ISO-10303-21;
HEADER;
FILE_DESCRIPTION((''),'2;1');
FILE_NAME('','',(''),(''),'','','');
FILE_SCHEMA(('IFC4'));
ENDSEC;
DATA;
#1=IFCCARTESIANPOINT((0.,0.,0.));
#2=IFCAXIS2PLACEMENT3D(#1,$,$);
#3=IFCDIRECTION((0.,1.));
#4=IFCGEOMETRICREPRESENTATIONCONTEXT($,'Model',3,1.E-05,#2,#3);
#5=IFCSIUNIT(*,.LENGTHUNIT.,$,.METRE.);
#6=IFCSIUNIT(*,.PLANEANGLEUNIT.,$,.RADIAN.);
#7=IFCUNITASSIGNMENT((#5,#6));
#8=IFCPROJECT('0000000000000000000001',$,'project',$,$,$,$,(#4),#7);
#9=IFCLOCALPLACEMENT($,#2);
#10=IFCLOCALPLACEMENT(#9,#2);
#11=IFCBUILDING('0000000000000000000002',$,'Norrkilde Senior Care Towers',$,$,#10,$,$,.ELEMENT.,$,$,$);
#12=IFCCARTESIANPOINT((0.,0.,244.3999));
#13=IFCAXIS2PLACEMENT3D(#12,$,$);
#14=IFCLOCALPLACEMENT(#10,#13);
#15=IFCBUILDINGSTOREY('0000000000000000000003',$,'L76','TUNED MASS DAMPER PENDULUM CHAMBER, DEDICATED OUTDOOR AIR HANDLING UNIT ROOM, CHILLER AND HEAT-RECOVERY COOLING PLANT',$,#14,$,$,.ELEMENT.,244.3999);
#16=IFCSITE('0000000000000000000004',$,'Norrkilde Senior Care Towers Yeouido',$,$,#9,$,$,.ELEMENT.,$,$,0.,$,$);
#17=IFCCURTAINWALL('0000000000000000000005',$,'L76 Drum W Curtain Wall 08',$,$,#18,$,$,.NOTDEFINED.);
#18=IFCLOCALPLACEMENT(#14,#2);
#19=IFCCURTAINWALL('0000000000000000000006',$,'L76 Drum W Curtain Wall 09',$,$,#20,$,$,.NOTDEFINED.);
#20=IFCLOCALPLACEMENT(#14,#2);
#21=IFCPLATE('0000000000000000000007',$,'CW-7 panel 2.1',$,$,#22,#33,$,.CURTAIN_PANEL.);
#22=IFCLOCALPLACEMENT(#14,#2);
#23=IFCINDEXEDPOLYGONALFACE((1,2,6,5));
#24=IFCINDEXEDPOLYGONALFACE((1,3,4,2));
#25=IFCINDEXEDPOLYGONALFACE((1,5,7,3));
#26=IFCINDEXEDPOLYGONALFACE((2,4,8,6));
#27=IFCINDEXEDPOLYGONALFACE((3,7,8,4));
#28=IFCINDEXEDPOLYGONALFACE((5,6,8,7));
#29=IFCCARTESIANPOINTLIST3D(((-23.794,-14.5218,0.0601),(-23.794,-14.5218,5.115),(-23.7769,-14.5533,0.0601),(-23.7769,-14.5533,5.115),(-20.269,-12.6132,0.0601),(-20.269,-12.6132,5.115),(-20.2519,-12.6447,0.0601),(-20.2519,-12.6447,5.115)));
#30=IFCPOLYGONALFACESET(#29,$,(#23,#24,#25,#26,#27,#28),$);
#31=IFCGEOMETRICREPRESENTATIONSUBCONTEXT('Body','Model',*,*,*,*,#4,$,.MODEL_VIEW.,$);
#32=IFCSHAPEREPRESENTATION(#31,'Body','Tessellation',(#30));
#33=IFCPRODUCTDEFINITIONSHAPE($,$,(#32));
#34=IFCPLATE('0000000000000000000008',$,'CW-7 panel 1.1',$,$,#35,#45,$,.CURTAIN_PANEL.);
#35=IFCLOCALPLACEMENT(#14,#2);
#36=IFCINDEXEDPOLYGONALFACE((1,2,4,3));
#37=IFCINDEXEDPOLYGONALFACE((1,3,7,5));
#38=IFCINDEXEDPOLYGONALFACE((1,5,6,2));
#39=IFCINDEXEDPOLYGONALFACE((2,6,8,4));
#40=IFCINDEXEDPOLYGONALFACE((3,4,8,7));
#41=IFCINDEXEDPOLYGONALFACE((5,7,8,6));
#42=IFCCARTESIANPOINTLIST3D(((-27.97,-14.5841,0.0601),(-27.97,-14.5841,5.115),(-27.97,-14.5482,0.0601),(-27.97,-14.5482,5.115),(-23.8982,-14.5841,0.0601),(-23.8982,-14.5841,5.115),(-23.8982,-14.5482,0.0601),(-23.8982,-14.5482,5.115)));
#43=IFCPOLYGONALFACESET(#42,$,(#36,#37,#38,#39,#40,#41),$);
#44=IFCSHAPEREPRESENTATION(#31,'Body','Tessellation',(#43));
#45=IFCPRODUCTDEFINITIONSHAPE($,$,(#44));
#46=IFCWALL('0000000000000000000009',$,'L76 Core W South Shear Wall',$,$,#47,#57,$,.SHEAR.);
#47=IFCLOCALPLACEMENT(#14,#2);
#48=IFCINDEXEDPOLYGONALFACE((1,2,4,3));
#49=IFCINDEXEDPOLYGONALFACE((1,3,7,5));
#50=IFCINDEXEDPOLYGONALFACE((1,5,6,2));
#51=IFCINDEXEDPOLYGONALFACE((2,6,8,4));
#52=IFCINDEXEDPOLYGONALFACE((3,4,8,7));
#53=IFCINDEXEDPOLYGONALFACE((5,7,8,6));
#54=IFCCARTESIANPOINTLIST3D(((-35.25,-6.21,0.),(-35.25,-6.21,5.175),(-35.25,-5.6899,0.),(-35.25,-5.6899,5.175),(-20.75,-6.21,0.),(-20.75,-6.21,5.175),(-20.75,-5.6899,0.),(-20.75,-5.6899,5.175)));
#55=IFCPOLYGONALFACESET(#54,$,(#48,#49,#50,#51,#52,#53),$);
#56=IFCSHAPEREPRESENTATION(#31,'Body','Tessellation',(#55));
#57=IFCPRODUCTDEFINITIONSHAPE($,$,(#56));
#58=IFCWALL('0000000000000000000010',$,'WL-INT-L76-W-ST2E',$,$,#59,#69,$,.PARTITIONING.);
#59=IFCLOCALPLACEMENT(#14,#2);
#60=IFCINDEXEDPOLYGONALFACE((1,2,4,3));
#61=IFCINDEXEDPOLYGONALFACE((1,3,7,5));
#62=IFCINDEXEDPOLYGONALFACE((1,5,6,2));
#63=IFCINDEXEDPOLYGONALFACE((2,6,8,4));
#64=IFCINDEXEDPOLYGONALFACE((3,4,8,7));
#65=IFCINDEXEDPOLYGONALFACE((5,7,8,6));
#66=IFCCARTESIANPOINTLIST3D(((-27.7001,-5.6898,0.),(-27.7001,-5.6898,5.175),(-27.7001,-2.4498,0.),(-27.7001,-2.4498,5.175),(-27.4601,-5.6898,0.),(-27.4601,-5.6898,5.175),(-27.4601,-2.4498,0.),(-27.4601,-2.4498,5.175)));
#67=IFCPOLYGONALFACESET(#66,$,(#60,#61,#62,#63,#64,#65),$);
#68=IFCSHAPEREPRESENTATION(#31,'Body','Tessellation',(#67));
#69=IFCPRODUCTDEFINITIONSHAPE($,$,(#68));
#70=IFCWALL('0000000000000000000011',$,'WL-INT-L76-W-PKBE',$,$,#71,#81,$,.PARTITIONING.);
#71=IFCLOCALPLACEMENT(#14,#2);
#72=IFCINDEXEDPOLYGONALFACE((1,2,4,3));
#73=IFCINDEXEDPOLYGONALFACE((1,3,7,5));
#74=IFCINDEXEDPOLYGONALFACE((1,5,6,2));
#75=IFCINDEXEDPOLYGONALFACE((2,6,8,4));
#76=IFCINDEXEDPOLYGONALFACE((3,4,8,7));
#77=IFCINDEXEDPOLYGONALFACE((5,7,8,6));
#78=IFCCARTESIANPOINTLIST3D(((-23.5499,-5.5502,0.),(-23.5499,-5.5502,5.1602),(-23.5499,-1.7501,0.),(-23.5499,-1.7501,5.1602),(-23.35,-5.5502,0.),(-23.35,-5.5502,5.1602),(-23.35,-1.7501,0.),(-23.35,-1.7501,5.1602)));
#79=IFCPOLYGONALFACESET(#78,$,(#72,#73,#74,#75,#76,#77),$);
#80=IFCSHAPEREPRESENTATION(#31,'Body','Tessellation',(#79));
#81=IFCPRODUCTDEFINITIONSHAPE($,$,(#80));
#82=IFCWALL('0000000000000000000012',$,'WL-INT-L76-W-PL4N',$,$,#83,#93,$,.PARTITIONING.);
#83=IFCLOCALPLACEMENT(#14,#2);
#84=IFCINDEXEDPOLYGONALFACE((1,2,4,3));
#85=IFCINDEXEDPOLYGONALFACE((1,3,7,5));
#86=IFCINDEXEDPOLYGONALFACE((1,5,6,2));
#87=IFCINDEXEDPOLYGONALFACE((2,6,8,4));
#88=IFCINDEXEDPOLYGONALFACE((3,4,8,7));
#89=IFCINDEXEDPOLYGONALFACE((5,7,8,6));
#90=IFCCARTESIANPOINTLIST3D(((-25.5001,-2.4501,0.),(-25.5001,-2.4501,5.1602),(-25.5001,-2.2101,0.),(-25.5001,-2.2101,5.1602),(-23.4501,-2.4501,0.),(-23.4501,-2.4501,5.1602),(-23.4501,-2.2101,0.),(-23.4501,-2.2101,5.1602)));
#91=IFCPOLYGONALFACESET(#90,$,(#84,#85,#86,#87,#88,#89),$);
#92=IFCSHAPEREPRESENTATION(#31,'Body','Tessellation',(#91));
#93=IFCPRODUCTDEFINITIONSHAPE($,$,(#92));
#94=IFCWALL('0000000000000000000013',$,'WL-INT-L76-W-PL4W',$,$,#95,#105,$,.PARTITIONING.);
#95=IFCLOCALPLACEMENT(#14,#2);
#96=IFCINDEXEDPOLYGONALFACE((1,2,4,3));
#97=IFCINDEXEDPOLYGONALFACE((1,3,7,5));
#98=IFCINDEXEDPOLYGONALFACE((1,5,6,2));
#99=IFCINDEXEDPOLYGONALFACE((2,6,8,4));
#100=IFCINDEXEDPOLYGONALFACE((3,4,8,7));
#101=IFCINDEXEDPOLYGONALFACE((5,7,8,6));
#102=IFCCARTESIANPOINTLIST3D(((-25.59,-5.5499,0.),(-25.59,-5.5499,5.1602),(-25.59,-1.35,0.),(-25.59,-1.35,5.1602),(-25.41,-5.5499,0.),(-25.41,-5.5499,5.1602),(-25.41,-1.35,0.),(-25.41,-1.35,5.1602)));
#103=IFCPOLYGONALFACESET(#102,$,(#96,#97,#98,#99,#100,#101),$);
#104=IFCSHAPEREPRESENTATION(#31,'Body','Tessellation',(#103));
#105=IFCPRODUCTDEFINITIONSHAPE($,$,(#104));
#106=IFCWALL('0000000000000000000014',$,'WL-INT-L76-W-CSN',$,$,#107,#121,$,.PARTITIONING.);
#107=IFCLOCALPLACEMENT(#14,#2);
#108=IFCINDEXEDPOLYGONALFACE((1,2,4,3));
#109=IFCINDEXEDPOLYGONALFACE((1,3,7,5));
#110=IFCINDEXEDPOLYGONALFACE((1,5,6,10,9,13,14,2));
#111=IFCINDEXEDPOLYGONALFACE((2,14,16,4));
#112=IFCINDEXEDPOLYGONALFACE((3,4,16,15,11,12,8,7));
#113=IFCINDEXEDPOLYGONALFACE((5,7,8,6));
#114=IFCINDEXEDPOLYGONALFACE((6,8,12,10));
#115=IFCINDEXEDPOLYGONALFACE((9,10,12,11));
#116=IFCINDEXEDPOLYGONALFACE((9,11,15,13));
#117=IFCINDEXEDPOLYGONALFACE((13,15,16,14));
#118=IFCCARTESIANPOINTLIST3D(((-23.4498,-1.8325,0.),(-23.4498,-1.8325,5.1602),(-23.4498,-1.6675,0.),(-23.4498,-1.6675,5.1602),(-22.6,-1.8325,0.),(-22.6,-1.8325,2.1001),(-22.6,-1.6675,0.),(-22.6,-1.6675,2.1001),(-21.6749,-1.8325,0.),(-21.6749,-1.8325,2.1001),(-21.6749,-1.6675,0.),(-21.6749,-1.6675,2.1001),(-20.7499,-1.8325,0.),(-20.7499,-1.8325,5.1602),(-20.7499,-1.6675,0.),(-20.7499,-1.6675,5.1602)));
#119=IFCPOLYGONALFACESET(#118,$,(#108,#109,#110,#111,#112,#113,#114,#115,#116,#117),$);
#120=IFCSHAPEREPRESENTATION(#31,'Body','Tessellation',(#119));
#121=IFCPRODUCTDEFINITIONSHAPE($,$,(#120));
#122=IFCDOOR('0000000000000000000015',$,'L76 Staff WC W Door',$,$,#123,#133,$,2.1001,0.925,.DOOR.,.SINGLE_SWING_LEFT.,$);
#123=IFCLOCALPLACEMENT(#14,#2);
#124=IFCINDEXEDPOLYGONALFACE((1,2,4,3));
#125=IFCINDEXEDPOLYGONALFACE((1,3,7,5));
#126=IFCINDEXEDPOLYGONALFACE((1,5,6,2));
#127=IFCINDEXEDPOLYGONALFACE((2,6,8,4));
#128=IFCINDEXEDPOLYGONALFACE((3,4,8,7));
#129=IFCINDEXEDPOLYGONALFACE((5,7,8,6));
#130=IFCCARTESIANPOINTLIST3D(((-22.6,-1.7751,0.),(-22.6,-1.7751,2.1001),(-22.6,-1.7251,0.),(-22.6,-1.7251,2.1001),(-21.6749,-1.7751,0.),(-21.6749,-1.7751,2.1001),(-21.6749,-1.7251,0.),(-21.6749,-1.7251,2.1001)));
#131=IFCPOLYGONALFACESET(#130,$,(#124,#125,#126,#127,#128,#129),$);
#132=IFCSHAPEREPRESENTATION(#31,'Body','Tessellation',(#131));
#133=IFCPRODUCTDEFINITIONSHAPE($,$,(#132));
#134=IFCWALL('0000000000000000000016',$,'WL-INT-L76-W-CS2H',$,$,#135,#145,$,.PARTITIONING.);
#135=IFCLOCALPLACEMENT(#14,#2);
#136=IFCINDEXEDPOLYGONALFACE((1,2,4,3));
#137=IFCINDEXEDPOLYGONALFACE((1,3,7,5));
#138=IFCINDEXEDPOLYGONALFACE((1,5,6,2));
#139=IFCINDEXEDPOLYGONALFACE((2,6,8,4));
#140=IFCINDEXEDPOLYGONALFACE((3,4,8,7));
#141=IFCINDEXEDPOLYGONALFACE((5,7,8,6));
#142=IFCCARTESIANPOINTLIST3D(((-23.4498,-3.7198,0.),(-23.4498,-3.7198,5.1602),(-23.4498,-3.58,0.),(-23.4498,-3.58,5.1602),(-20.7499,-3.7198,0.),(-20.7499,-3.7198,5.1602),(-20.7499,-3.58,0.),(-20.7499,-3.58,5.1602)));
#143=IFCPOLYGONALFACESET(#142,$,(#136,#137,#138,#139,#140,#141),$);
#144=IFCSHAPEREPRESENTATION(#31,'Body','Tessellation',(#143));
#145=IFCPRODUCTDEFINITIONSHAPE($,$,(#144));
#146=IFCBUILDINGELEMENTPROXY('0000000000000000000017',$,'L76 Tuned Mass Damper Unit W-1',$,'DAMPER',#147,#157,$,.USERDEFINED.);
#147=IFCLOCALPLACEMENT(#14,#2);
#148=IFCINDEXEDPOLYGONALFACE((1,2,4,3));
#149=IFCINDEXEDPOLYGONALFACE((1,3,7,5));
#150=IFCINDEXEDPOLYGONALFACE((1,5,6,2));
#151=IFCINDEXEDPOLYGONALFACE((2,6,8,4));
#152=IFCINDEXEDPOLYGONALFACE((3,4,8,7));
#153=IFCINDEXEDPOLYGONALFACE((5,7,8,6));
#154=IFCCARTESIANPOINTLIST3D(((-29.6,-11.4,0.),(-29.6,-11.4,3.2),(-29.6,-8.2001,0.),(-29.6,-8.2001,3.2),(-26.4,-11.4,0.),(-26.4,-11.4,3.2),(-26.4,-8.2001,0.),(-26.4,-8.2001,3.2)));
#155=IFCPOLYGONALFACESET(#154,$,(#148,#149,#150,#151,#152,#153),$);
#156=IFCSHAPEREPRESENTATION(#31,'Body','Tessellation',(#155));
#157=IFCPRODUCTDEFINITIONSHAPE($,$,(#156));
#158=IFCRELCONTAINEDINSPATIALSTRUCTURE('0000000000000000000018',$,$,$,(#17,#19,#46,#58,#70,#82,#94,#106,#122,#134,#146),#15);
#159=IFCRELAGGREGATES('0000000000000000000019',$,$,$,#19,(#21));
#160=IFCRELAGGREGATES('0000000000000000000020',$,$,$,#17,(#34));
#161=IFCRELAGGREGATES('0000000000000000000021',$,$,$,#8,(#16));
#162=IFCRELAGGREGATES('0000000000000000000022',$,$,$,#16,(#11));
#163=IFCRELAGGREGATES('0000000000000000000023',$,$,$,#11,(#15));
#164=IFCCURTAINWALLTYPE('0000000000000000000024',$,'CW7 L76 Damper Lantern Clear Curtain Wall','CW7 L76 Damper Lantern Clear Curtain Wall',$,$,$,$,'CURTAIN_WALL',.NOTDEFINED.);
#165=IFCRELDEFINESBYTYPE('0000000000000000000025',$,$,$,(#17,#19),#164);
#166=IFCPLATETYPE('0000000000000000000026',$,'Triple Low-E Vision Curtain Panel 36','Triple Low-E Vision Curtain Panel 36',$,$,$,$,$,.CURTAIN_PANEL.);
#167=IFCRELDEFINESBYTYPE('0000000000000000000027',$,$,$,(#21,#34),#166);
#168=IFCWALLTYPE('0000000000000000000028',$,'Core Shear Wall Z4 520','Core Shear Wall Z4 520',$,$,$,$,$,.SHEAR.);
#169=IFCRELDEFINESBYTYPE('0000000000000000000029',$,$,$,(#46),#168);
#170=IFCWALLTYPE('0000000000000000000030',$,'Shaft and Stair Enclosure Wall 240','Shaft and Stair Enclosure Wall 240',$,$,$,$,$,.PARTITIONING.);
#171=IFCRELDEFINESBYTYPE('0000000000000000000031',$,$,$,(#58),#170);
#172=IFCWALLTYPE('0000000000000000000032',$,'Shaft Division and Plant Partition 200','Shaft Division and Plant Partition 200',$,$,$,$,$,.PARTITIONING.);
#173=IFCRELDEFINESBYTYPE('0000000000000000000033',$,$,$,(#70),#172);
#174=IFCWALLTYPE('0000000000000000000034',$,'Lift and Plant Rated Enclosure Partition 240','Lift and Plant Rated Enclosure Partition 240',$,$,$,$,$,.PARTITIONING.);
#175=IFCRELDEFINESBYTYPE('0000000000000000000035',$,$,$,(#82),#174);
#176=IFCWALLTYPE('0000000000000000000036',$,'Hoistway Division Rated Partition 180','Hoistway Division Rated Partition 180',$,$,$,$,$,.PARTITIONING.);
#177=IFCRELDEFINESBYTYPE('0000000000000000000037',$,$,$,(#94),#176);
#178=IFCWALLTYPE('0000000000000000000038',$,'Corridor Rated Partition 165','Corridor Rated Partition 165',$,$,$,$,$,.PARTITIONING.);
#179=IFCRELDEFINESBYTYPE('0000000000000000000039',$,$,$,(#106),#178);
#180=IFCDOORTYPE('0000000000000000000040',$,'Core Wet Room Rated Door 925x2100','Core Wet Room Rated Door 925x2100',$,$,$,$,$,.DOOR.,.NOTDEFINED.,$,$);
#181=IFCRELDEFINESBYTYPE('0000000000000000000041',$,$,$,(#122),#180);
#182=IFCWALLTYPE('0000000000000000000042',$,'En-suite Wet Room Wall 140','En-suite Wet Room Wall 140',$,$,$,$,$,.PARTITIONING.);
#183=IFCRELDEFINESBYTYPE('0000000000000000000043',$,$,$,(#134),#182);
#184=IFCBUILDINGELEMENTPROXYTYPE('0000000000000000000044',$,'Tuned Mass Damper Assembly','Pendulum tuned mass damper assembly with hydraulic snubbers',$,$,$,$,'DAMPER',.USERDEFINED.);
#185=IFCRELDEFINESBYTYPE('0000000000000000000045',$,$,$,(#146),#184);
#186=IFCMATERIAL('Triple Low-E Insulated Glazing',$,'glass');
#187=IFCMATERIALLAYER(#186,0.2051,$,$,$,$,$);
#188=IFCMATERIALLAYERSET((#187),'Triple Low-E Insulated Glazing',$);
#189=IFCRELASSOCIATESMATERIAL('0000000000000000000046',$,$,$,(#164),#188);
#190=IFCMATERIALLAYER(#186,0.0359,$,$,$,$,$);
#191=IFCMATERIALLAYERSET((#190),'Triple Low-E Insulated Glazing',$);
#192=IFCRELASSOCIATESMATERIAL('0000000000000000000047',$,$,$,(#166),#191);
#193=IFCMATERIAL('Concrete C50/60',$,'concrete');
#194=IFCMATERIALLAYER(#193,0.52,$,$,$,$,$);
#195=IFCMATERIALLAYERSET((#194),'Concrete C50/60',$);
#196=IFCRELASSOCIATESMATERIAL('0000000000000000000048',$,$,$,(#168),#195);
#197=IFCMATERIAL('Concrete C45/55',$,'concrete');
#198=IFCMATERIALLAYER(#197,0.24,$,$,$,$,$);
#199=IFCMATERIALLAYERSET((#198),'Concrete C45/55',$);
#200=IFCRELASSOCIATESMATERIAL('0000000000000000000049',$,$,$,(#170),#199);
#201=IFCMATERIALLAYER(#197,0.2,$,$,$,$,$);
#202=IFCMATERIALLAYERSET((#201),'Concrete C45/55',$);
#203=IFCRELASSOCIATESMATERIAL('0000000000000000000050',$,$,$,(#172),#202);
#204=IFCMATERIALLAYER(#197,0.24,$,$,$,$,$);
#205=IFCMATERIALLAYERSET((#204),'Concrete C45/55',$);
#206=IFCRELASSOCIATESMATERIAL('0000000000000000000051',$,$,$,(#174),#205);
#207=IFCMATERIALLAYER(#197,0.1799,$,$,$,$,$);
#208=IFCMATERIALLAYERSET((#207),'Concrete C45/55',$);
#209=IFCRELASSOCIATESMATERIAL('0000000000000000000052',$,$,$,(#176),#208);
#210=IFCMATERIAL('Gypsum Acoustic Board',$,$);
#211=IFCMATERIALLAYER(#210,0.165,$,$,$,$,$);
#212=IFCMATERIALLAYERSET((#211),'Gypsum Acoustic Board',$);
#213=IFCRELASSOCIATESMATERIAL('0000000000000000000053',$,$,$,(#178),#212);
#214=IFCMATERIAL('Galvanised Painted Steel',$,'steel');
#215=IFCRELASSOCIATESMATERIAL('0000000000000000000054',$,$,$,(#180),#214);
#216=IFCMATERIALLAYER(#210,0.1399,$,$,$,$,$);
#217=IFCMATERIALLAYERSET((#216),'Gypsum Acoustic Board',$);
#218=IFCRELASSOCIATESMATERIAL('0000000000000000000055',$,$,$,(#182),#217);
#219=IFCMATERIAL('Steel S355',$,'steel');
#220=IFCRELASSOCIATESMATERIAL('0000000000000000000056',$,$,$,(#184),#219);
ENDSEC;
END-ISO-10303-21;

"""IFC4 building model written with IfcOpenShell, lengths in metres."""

from ifc_helpers import new_model, si_unit, direction, frame, frame_2d, origin, origin_2d, place, context, subcontext, project, spatial, rectangle, extrude, source, transform, mapped, material, layer, layer_set, type_object, type_shapes, element, fill, aggregate, save


model = new_model("IFC4")

# Units and contexts
model_context = context("Model", 3, precision=1e-05, world=origin(), true_north=direction((0.0, 1.0)))
body_context = subcontext(model_context, "Body", "Model", "MODEL_VIEW")
ifc_project = project(units=[si_unit("LENGTHUNIT", "METRE"), si_unit("PLANEANGLEUNIT", "RADIAN")], contexts=[model_context])

# Site, building, storey
site_placement = place(None, origin())
site = spatial("IfcSite", under=ifc_project, at=site_placement, Name="Norrkilde Senior Care Towers Yeouido", CompositionType="ELEMENT", RefElevation=0.0)
building_placement = place(site_placement, origin())
building = spatial("IfcBuilding", under=site, at=building_placement, Name="Norrkilde Senior Care Towers", CompositionType="ELEMENT")
storey_placement = place(building_placement, frame((0.0, 0.0, 244.3999)))
storey = spatial("IfcBuildingStorey", under=building, at=storey_placement, Name="L76", Description="TUNED MASS DAMPER PENDULUM CHAMBER, DEDICATED OUTDOOR AIR HANDLING UNIT ROOM, CHILLER AND HEAT-RECOVERY COOLING PLANT", CompositionType="ELEMENT", Elevation=244.3999)

# Shared definitions
ifc_material_1 = material(Name="Concrete C50/60", Category="concrete")

# Shared definitions
ifc_material_2 = material(Name="Steel S355", Category="steel")

# Curtain walls
ifc_material_3 = material(Name="Triple Low-E Insulated Glazing", Category="glass")
ifc_layer_1 = layer(ifc_material_3, 0.2051)
ifc_layer_set_1 = layer_set([ifc_layer_1], Name="Triple Low-E Insulated Glazing")
curtain_wall_type = type_object("IfcCurtainWallType", Name="CW7 L76 Damper Lantern Clear Curtain Wall", Description="CW7 L76 Damper Lantern Clear Curtain Wall", ElementType="CURTAIN_WALL", PredefinedType="NOTDEFINED", material=ifc_layer_set_1)
curtain_wall_1_placement = place(storey_placement, origin())
curtain_wall_1 = element("IfcCurtainWall", 1, at=curtain_wall_1_placement, inside=storey, type_object=curtain_wall_type, Name="L76 Drum W Curtain Wall 08", PredefinedType="NOTDEFINED")
curtain_wall_2_placement = place(storey_placement, origin())
curtain_wall_2 = element("IfcCurtainWall", 2, at=curtain_wall_2_placement, inside=storey, type_object=curtain_wall_type, Name="L76 Drum W Curtain Wall 09", PredefinedType="NOTDEFINED")

# Plates
ifc_layer_2 = layer(ifc_material_3, 0.0359)
ifc_layer_set_2 = layer_set([ifc_layer_2], Name="Triple Low-E Insulated Glazing")
plate_type = type_object("IfcPlateType", Name="Triple Low-E Vision Curtain Panel 36", Description="Triple Low-E Vision Curtain Panel 36", PredefinedType="CURTAIN_PANEL", material=ifc_layer_set_2)
shared_shape_1 = source(origin(), body_context, "Body", "SweptSolid", [
    extrude(rectangle(XDim=4.0085, YDim=0.0359, at=origin_2d()), origin(), (0.0, 0.0, 1.0), 5.0549),
])
plate_1_placement = place(storey_placement, frame((-22.0229, -13.5833, 0.0601), z_axis=(0.0, 0.0, 1.0), x_axis=(-0.879373, -0.476133, 0.0)))
plate_1 = element("IfcPlate", 3, at=plate_1_placement, type_object=plate_type, Name="CW-7 panel 2.1", PredefinedType="CURTAIN_PANEL", context=body_context, shape_type="MappedRepresentation", body=[
    mapped(shared_shape_1, transform((0.0, 0.0, 0.0), x_axis=(1.0, 0.0, 0.0), y_axis=(0.0, 1.0, 0.0), z_axis=(0.0, 0.0, 1.0), scale=1.0)),
])
aggregate(curtain_wall_2, [plate_1])
shared_shape_2 = source(origin(), body_context, "Body", "SweptSolid", [
    extrude(rectangle(XDim=4.0718, YDim=0.0359, at=origin_2d()), origin(), (0.0, 0.0, 1.0), 5.0549),
])
type_shapes(plate_type, [shared_shape_1, shared_shape_2])
plate_2_placement = place(storey_placement, frame((-25.9341, -14.5662, 0.0601), z_axis=(0.0, 0.0, 1.0), x_axis=(-1.0, 0.0, 0.0)))
plate_2 = element("IfcPlate", 4, at=plate_2_placement, type_object=plate_type, Name="CW-7 panel 1.1", PredefinedType="CURTAIN_PANEL", context=body_context, shape_type="MappedRepresentation", body=[
    mapped(shared_shape_2, transform((0.0, 0.0, 0.0), x_axis=(1.0, 0.0, 0.0), y_axis=(0.0, 1.0, 0.0), z_axis=(0.0, 0.0, 1.0), scale=1.0)),
])
aggregate(curtain_wall_1, [plate_2])

# Walls
ifc_layer_3 = layer(ifc_material_1, 0.52)
ifc_layer_set_3 = layer_set([ifc_layer_3], Name="Concrete C50/60")
wall_type_1 = type_object("IfcWallType", Name="Core Shear Wall Z4 520", Description="Core Shear Wall Z4 520", PredefinedType="SHEAR", material=ifc_layer_set_3)
shared_shape_3 = source(origin(), body_context, "Body", "SweptSolid", [
    extrude(rectangle(XDim=14.5, YDim=0.52, at=frame_2d((7.25, 0.0))), origin(), (0.0, 0.0, 1.0), 5.175),
])
type_shapes(wall_type_1, [shared_shape_3])
wall_1_placement = place(storey_placement, frame((-20.75, -5.95, 0.0), z_axis=(0.0, 0.0, 1.0), x_axis=(-1.0, 0.0, 0.0)))
element("IfcWall", 5, at=wall_1_placement, inside=storey, type_object=wall_type_1, Name="L76 Core W South Shear Wall", PredefinedType="SHEAR", context=body_context, shape_type="MappedRepresentation", body=[
    mapped(shared_shape_3, transform((0.0, 0.0, 0.0), x_axis=(1.0, 0.0, 0.0), y_axis=(0.0, 1.0, 0.0), z_axis=(0.0, 0.0, 1.0), scale=1.0)),
])
ifc_material_4 = material(Name="Concrete C45/55", Category="concrete")
ifc_layer_4 = layer(ifc_material_4, 0.24)
ifc_layer_set_4 = layer_set([ifc_layer_4], Name="Concrete C45/55")
wall_type_2 = type_object("IfcWallType", Name="Shaft and Stair Enclosure Wall 240", Description="Shaft and Stair Enclosure Wall 240", PredefinedType="PARTITIONING", material=ifc_layer_set_4)
shared_shape_4 = source(origin(), body_context, "Body", "SweptSolid", [
    extrude(rectangle(XDim=3.24, YDim=0.24, at=frame_2d((1.6201, 0.0))), origin(), (0.0, 0.0, 1.0), 5.175),
])
type_shapes(wall_type_2, [shared_shape_4])
wall_2_placement = place(storey_placement, frame((-27.5801, -5.6899, 0.0), z_axis=(0.0, 0.0, 1.0), x_axis=(0.0, 1.0, 0.0)))
element("IfcWall", 6, at=wall_2_placement, inside=storey, type_object=wall_type_2, Name="WL-INT-L76-W-ST2E", PredefinedType="PARTITIONING", context=body_context, shape_type="MappedRepresentation", body=[
    mapped(shared_shape_4, transform((0.0, 0.0, 0.0), x_axis=(1.0, 0.0, 0.0), y_axis=(0.0, 1.0, 0.0), z_axis=(0.0, 0.0, 1.0), scale=1.0)),
])
ifc_layer_5 = layer(ifc_material_4, 0.2)
ifc_layer_set_5 = layer_set([ifc_layer_5], Name="Concrete C45/55")
wall_type_3 = type_object("IfcWallType", Name="Shaft Division and Plant Partition 200", Description="Shaft Division and Plant Partition 200", PredefinedType="PARTITIONING", material=ifc_layer_set_5)
shared_shape_5 = source(origin(), body_context, "Body", "SweptSolid", [
    extrude(rectangle(XDim=3.8, YDim=0.2, at=frame_2d((1.8999, 0.0))), origin(), (0.0, 0.0, 1.0), 5.1602),
])
type_shapes(wall_type_3, [shared_shape_5])
wall_3_placement = place(storey_placement, frame((-23.45, -5.55, 0.0), z_axis=(0.0, 0.0, 1.0), x_axis=(0.0, 1.0, 0.0)))
element("IfcWall", 7, at=wall_3_placement, inside=storey, type_object=wall_type_3, Name="WL-INT-L76-W-PKBE", PredefinedType="PARTITIONING", context=body_context, shape_type="MappedRepresentation", body=[
    mapped(shared_shape_5, transform((0.0, 0.0, 0.0), x_axis=(1.0, 0.0, 0.0), y_axis=(0.0, 1.0, 0.0), z_axis=(0.0, 0.0, 1.0), scale=1.0)),
])
ifc_layer_6 = layer(ifc_material_4, 0.24)
ifc_layer_set_6 = layer_set([ifc_layer_6], Name="Concrete C45/55")
wall_type_4 = type_object("IfcWallType", Name="Lift and Plant Rated Enclosure Partition 240", Description="Lift and Plant Rated Enclosure Partition 240", PredefinedType="PARTITIONING", material=ifc_layer_set_6)
shared_shape_6 = source(origin(), body_context, "Body", "SweptSolid", [
    extrude(rectangle(XDim=2.05, YDim=0.24, at=frame_2d((1.0249, 0.0))), origin(), (0.0, 0.0, 1.0), 5.1602),
])
type_shapes(wall_type_4, [shared_shape_6])
wall_4_placement = place(storey_placement, frame((-25.5, -2.3301, 0.0), z_axis=(0.0, 0.0, 1.0), x_axis=(1.0, 0.0, 0.0)))
element("IfcWall", 8, at=wall_4_placement, inside=storey, type_object=wall_type_4, Name="WL-INT-L76-W-PL4N", PredefinedType="PARTITIONING", context=body_context, shape_type="MappedRepresentation", body=[
    mapped(shared_shape_6, transform((0.0, 0.0, 0.0), x_axis=(1.0, 0.0, 0.0), y_axis=(0.0, 1.0, 0.0), z_axis=(0.0, 0.0, 1.0), scale=1.0)),
])
ifc_layer_7 = layer(ifc_material_4, 0.1799)
ifc_layer_set_7 = layer_set([ifc_layer_7], Name="Concrete C45/55")
wall_type_5 = type_object("IfcWallType", Name="Hoistway Division Rated Partition 180", Description="Hoistway Division Rated Partition 180", PredefinedType="PARTITIONING", material=ifc_layer_set_7)
shared_shape_7 = source(origin(), body_context, "Body", "SweptSolid", [
    extrude(rectangle(XDim=4.2, YDim=0.1799, at=frame_2d((2.1001, 0.0))), origin(), (0.0, 0.0, 1.0), 5.1602),
])
type_shapes(wall_type_5, [shared_shape_7])
wall_5_placement = place(storey_placement, frame((-25.5, -5.55, 0.0), z_axis=(0.0, 0.0, 1.0), x_axis=(0.0, 1.0, 0.0)))
element("IfcWall", 9, at=wall_5_placement, inside=storey, type_object=wall_type_5, Name="WL-INT-L76-W-PL4W", PredefinedType="PARTITIONING", context=body_context, shape_type="MappedRepresentation", body=[
    mapped(shared_shape_7, transform((0.0, 0.0, 0.0), x_axis=(1.0, 0.0, 0.0), y_axis=(0.0, 1.0, 0.0), z_axis=(0.0, 0.0, 1.0), scale=1.0)),
])

# Wall, opening, door
ifc_material_5 = material(Name="Gypsum Acoustic Board")
ifc_layer_8 = layer(ifc_material_5, 0.165)
ifc_layer_set_8 = layer_set([ifc_layer_8], Name="Gypsum Acoustic Board")
wall_type_6 = type_object("IfcWallType", Name="Corridor Rated Partition 165", Description="Corridor Rated Partition 165", PredefinedType="PARTITIONING", material=ifc_layer_set_8)
shared_shape_8 = source(origin(), body_context, "Body", "SweptSolid", [
    extrude(rectangle(XDim=2.7, YDim=0.165, at=frame_2d((1.3501, 0.0))), origin(), (0.0, 0.0, 1.0), 5.1602),
])
type_shapes(wall_type_6, [shared_shape_8])
wall_6_placement = place(storey_placement, frame((-23.45, -1.75, 0.0), z_axis=(0.0, 0.0, 1.0), x_axis=(1.0, 0.0, 0.0)))
wall_6 = element("IfcWall", 10, at=wall_6_placement, inside=storey, type_object=wall_type_6, Name="WL-INT-L76-W-CSN", PredefinedType="PARTITIONING", context=body_context, shape_type="MappedRepresentation", body=[
    mapped(shared_shape_8, transform((0.0, 0.0, 0.0), x_axis=(1.0, 0.0, 0.0), y_axis=(0.0, 1.0, 0.0), z_axis=(0.0, 0.0, 1.0), scale=1.0)),
])
opening_placement = place(wall_6_placement, frame((0.8501, 0.0, 0.0)))
opening = element("IfcOpeningElement", 11, at=opening_placement, cuts=wall_6, PredefinedType="OPENING", context=body_context, shape_type="SweptSolid", body=[
    extrude(rectangle(XDim=0.925, YDim=2.1001, at=frame_2d((0.4624, 1.05))), frame((0.0, 0.0925, 0.0), z_axis=(0.0, -1.0, 0.0), x_axis=(1.0, 0.0, 0.0)), (0.0, 0.0, 1.0), 0.1851),
])
ifc_material_6 = material(Name="Galvanised Painted Steel", Category="steel")
door_type = type_object("IfcDoorType", Name="Core Wet Room Rated Door 925x2100", Description="Core Wet Room Rated Door 925x2100", OperationType="NOTDEFINED", PredefinedType="DOOR", material=ifc_material_6)
shared_shape_9 = source(origin(), body_context, "Body", "SweptSolid", [
    extrude(rectangle(XDim=0.925, YDim=2.1001, at=frame_2d((0.4624, 1.05))), frame((0.0, 0.0249, 0.0), z_axis=(0.0, -1.0, 0.0), x_axis=(1.0, 0.0, 0.0)), (0.0, 0.0, 1.0), 0.05),
])
type_shapes(door_type, [shared_shape_9])
door_placement = place(opening_placement, origin())
door = element("IfcDoor", 12, at=door_placement, inside=storey, type_object=door_type, Name="L76 Staff WC W Door", OperationType="SINGLE_SWING_LEFT", OverallHeight=2.1001, OverallWidth=0.925, PredefinedType="DOOR", context=body_context, shape_type="MappedRepresentation", body=[
    mapped(shared_shape_9, transform((0.0, 0.0, 0.0), x_axis=(1.0, 0.0, 0.0), y_axis=(0.0, 1.0, 0.0), z_axis=(0.0, 0.0, 1.0), scale=1.0)),
])
fill(opening, door)

# Wall
ifc_layer_9 = layer(ifc_material_5, 0.1399)
ifc_layer_set_9 = layer_set([ifc_layer_9], Name="Gypsum Acoustic Board")
wall_type_7 = type_object("IfcWallType", Name="En-suite Wet Room Wall 140", Description="En-suite Wet Room Wall 140", PredefinedType="PARTITIONING", material=ifc_layer_set_9)
shared_shape_10 = source(origin(), body_context, "Body", "SweptSolid", [
    extrude(rectangle(XDim=2.7, YDim=0.1399, at=frame_2d((1.3501, 0.0))), origin(), (0.0, 0.0, 1.0), 5.1602),
])
type_shapes(wall_type_7, [shared_shape_10])
wall_7_placement = place(storey_placement, frame((-23.45, -3.6499, 0.0), z_axis=(0.0, 0.0, 1.0), x_axis=(1.0, 0.0, 0.0)))
element("IfcWall", 13, at=wall_7_placement, inside=storey, type_object=wall_type_7, Name="WL-INT-L76-W-CS2H", PredefinedType="PARTITIONING", context=body_context, shape_type="MappedRepresentation", body=[
    mapped(shared_shape_10, transform((0.0, 0.0, 0.0), x_axis=(1.0, 0.0, 0.0), y_axis=(0.0, 1.0, 0.0), z_axis=(0.0, 0.0, 1.0), scale=1.0)),
])

# Building element proxy
building_element_proxy_type = type_object("IfcBuildingElementProxyType", Name="Tuned Mass Damper Assembly", Description="Pendulum tuned mass damper assembly with hydraulic snubbers", ElementType="DAMPER", PredefinedType="USERDEFINED", material=ifc_material_2)
shared_shape_11 = source(origin(), body_context, "Body", "SweptSolid", [
    extrude(rectangle(XDim=3.2, YDim=3.2, at=origin_2d()), origin(), (0.0, 0.0, 1.0), 3.2),
])
type_shapes(building_element_proxy_type, [shared_shape_11])
for number, where, z_axis, x_axis, name in (
    (14, (-28.0, -9.8, 0.0), (0.0, 0.0, 1.0), (1.0, 0.0, 0.0), "L76 Tuned Mass Damper Unit W-1"),
):
    element("IfcBuildingElementProxy", number, at=place(storey_placement, frame(where, z_axis=z_axis, x_axis=x_axis)), inside=storey, type_object=building_element_proxy_type, Name=name, ObjectType="DAMPER", PredefinedType="USERDEFINED", context=body_context, shape_type="MappedRepresentation", body=[
        mapped(shared_shape_11, transform((0.0, 0.0, 0.0), x_axis=(1.0, 0.0, 0.0), y_axis=(0.0, 1.0, 0.0), z_axis=(0.0, 0.0, 1.0), scale=1.0)),
    ])

save(model, "model.ifc")
